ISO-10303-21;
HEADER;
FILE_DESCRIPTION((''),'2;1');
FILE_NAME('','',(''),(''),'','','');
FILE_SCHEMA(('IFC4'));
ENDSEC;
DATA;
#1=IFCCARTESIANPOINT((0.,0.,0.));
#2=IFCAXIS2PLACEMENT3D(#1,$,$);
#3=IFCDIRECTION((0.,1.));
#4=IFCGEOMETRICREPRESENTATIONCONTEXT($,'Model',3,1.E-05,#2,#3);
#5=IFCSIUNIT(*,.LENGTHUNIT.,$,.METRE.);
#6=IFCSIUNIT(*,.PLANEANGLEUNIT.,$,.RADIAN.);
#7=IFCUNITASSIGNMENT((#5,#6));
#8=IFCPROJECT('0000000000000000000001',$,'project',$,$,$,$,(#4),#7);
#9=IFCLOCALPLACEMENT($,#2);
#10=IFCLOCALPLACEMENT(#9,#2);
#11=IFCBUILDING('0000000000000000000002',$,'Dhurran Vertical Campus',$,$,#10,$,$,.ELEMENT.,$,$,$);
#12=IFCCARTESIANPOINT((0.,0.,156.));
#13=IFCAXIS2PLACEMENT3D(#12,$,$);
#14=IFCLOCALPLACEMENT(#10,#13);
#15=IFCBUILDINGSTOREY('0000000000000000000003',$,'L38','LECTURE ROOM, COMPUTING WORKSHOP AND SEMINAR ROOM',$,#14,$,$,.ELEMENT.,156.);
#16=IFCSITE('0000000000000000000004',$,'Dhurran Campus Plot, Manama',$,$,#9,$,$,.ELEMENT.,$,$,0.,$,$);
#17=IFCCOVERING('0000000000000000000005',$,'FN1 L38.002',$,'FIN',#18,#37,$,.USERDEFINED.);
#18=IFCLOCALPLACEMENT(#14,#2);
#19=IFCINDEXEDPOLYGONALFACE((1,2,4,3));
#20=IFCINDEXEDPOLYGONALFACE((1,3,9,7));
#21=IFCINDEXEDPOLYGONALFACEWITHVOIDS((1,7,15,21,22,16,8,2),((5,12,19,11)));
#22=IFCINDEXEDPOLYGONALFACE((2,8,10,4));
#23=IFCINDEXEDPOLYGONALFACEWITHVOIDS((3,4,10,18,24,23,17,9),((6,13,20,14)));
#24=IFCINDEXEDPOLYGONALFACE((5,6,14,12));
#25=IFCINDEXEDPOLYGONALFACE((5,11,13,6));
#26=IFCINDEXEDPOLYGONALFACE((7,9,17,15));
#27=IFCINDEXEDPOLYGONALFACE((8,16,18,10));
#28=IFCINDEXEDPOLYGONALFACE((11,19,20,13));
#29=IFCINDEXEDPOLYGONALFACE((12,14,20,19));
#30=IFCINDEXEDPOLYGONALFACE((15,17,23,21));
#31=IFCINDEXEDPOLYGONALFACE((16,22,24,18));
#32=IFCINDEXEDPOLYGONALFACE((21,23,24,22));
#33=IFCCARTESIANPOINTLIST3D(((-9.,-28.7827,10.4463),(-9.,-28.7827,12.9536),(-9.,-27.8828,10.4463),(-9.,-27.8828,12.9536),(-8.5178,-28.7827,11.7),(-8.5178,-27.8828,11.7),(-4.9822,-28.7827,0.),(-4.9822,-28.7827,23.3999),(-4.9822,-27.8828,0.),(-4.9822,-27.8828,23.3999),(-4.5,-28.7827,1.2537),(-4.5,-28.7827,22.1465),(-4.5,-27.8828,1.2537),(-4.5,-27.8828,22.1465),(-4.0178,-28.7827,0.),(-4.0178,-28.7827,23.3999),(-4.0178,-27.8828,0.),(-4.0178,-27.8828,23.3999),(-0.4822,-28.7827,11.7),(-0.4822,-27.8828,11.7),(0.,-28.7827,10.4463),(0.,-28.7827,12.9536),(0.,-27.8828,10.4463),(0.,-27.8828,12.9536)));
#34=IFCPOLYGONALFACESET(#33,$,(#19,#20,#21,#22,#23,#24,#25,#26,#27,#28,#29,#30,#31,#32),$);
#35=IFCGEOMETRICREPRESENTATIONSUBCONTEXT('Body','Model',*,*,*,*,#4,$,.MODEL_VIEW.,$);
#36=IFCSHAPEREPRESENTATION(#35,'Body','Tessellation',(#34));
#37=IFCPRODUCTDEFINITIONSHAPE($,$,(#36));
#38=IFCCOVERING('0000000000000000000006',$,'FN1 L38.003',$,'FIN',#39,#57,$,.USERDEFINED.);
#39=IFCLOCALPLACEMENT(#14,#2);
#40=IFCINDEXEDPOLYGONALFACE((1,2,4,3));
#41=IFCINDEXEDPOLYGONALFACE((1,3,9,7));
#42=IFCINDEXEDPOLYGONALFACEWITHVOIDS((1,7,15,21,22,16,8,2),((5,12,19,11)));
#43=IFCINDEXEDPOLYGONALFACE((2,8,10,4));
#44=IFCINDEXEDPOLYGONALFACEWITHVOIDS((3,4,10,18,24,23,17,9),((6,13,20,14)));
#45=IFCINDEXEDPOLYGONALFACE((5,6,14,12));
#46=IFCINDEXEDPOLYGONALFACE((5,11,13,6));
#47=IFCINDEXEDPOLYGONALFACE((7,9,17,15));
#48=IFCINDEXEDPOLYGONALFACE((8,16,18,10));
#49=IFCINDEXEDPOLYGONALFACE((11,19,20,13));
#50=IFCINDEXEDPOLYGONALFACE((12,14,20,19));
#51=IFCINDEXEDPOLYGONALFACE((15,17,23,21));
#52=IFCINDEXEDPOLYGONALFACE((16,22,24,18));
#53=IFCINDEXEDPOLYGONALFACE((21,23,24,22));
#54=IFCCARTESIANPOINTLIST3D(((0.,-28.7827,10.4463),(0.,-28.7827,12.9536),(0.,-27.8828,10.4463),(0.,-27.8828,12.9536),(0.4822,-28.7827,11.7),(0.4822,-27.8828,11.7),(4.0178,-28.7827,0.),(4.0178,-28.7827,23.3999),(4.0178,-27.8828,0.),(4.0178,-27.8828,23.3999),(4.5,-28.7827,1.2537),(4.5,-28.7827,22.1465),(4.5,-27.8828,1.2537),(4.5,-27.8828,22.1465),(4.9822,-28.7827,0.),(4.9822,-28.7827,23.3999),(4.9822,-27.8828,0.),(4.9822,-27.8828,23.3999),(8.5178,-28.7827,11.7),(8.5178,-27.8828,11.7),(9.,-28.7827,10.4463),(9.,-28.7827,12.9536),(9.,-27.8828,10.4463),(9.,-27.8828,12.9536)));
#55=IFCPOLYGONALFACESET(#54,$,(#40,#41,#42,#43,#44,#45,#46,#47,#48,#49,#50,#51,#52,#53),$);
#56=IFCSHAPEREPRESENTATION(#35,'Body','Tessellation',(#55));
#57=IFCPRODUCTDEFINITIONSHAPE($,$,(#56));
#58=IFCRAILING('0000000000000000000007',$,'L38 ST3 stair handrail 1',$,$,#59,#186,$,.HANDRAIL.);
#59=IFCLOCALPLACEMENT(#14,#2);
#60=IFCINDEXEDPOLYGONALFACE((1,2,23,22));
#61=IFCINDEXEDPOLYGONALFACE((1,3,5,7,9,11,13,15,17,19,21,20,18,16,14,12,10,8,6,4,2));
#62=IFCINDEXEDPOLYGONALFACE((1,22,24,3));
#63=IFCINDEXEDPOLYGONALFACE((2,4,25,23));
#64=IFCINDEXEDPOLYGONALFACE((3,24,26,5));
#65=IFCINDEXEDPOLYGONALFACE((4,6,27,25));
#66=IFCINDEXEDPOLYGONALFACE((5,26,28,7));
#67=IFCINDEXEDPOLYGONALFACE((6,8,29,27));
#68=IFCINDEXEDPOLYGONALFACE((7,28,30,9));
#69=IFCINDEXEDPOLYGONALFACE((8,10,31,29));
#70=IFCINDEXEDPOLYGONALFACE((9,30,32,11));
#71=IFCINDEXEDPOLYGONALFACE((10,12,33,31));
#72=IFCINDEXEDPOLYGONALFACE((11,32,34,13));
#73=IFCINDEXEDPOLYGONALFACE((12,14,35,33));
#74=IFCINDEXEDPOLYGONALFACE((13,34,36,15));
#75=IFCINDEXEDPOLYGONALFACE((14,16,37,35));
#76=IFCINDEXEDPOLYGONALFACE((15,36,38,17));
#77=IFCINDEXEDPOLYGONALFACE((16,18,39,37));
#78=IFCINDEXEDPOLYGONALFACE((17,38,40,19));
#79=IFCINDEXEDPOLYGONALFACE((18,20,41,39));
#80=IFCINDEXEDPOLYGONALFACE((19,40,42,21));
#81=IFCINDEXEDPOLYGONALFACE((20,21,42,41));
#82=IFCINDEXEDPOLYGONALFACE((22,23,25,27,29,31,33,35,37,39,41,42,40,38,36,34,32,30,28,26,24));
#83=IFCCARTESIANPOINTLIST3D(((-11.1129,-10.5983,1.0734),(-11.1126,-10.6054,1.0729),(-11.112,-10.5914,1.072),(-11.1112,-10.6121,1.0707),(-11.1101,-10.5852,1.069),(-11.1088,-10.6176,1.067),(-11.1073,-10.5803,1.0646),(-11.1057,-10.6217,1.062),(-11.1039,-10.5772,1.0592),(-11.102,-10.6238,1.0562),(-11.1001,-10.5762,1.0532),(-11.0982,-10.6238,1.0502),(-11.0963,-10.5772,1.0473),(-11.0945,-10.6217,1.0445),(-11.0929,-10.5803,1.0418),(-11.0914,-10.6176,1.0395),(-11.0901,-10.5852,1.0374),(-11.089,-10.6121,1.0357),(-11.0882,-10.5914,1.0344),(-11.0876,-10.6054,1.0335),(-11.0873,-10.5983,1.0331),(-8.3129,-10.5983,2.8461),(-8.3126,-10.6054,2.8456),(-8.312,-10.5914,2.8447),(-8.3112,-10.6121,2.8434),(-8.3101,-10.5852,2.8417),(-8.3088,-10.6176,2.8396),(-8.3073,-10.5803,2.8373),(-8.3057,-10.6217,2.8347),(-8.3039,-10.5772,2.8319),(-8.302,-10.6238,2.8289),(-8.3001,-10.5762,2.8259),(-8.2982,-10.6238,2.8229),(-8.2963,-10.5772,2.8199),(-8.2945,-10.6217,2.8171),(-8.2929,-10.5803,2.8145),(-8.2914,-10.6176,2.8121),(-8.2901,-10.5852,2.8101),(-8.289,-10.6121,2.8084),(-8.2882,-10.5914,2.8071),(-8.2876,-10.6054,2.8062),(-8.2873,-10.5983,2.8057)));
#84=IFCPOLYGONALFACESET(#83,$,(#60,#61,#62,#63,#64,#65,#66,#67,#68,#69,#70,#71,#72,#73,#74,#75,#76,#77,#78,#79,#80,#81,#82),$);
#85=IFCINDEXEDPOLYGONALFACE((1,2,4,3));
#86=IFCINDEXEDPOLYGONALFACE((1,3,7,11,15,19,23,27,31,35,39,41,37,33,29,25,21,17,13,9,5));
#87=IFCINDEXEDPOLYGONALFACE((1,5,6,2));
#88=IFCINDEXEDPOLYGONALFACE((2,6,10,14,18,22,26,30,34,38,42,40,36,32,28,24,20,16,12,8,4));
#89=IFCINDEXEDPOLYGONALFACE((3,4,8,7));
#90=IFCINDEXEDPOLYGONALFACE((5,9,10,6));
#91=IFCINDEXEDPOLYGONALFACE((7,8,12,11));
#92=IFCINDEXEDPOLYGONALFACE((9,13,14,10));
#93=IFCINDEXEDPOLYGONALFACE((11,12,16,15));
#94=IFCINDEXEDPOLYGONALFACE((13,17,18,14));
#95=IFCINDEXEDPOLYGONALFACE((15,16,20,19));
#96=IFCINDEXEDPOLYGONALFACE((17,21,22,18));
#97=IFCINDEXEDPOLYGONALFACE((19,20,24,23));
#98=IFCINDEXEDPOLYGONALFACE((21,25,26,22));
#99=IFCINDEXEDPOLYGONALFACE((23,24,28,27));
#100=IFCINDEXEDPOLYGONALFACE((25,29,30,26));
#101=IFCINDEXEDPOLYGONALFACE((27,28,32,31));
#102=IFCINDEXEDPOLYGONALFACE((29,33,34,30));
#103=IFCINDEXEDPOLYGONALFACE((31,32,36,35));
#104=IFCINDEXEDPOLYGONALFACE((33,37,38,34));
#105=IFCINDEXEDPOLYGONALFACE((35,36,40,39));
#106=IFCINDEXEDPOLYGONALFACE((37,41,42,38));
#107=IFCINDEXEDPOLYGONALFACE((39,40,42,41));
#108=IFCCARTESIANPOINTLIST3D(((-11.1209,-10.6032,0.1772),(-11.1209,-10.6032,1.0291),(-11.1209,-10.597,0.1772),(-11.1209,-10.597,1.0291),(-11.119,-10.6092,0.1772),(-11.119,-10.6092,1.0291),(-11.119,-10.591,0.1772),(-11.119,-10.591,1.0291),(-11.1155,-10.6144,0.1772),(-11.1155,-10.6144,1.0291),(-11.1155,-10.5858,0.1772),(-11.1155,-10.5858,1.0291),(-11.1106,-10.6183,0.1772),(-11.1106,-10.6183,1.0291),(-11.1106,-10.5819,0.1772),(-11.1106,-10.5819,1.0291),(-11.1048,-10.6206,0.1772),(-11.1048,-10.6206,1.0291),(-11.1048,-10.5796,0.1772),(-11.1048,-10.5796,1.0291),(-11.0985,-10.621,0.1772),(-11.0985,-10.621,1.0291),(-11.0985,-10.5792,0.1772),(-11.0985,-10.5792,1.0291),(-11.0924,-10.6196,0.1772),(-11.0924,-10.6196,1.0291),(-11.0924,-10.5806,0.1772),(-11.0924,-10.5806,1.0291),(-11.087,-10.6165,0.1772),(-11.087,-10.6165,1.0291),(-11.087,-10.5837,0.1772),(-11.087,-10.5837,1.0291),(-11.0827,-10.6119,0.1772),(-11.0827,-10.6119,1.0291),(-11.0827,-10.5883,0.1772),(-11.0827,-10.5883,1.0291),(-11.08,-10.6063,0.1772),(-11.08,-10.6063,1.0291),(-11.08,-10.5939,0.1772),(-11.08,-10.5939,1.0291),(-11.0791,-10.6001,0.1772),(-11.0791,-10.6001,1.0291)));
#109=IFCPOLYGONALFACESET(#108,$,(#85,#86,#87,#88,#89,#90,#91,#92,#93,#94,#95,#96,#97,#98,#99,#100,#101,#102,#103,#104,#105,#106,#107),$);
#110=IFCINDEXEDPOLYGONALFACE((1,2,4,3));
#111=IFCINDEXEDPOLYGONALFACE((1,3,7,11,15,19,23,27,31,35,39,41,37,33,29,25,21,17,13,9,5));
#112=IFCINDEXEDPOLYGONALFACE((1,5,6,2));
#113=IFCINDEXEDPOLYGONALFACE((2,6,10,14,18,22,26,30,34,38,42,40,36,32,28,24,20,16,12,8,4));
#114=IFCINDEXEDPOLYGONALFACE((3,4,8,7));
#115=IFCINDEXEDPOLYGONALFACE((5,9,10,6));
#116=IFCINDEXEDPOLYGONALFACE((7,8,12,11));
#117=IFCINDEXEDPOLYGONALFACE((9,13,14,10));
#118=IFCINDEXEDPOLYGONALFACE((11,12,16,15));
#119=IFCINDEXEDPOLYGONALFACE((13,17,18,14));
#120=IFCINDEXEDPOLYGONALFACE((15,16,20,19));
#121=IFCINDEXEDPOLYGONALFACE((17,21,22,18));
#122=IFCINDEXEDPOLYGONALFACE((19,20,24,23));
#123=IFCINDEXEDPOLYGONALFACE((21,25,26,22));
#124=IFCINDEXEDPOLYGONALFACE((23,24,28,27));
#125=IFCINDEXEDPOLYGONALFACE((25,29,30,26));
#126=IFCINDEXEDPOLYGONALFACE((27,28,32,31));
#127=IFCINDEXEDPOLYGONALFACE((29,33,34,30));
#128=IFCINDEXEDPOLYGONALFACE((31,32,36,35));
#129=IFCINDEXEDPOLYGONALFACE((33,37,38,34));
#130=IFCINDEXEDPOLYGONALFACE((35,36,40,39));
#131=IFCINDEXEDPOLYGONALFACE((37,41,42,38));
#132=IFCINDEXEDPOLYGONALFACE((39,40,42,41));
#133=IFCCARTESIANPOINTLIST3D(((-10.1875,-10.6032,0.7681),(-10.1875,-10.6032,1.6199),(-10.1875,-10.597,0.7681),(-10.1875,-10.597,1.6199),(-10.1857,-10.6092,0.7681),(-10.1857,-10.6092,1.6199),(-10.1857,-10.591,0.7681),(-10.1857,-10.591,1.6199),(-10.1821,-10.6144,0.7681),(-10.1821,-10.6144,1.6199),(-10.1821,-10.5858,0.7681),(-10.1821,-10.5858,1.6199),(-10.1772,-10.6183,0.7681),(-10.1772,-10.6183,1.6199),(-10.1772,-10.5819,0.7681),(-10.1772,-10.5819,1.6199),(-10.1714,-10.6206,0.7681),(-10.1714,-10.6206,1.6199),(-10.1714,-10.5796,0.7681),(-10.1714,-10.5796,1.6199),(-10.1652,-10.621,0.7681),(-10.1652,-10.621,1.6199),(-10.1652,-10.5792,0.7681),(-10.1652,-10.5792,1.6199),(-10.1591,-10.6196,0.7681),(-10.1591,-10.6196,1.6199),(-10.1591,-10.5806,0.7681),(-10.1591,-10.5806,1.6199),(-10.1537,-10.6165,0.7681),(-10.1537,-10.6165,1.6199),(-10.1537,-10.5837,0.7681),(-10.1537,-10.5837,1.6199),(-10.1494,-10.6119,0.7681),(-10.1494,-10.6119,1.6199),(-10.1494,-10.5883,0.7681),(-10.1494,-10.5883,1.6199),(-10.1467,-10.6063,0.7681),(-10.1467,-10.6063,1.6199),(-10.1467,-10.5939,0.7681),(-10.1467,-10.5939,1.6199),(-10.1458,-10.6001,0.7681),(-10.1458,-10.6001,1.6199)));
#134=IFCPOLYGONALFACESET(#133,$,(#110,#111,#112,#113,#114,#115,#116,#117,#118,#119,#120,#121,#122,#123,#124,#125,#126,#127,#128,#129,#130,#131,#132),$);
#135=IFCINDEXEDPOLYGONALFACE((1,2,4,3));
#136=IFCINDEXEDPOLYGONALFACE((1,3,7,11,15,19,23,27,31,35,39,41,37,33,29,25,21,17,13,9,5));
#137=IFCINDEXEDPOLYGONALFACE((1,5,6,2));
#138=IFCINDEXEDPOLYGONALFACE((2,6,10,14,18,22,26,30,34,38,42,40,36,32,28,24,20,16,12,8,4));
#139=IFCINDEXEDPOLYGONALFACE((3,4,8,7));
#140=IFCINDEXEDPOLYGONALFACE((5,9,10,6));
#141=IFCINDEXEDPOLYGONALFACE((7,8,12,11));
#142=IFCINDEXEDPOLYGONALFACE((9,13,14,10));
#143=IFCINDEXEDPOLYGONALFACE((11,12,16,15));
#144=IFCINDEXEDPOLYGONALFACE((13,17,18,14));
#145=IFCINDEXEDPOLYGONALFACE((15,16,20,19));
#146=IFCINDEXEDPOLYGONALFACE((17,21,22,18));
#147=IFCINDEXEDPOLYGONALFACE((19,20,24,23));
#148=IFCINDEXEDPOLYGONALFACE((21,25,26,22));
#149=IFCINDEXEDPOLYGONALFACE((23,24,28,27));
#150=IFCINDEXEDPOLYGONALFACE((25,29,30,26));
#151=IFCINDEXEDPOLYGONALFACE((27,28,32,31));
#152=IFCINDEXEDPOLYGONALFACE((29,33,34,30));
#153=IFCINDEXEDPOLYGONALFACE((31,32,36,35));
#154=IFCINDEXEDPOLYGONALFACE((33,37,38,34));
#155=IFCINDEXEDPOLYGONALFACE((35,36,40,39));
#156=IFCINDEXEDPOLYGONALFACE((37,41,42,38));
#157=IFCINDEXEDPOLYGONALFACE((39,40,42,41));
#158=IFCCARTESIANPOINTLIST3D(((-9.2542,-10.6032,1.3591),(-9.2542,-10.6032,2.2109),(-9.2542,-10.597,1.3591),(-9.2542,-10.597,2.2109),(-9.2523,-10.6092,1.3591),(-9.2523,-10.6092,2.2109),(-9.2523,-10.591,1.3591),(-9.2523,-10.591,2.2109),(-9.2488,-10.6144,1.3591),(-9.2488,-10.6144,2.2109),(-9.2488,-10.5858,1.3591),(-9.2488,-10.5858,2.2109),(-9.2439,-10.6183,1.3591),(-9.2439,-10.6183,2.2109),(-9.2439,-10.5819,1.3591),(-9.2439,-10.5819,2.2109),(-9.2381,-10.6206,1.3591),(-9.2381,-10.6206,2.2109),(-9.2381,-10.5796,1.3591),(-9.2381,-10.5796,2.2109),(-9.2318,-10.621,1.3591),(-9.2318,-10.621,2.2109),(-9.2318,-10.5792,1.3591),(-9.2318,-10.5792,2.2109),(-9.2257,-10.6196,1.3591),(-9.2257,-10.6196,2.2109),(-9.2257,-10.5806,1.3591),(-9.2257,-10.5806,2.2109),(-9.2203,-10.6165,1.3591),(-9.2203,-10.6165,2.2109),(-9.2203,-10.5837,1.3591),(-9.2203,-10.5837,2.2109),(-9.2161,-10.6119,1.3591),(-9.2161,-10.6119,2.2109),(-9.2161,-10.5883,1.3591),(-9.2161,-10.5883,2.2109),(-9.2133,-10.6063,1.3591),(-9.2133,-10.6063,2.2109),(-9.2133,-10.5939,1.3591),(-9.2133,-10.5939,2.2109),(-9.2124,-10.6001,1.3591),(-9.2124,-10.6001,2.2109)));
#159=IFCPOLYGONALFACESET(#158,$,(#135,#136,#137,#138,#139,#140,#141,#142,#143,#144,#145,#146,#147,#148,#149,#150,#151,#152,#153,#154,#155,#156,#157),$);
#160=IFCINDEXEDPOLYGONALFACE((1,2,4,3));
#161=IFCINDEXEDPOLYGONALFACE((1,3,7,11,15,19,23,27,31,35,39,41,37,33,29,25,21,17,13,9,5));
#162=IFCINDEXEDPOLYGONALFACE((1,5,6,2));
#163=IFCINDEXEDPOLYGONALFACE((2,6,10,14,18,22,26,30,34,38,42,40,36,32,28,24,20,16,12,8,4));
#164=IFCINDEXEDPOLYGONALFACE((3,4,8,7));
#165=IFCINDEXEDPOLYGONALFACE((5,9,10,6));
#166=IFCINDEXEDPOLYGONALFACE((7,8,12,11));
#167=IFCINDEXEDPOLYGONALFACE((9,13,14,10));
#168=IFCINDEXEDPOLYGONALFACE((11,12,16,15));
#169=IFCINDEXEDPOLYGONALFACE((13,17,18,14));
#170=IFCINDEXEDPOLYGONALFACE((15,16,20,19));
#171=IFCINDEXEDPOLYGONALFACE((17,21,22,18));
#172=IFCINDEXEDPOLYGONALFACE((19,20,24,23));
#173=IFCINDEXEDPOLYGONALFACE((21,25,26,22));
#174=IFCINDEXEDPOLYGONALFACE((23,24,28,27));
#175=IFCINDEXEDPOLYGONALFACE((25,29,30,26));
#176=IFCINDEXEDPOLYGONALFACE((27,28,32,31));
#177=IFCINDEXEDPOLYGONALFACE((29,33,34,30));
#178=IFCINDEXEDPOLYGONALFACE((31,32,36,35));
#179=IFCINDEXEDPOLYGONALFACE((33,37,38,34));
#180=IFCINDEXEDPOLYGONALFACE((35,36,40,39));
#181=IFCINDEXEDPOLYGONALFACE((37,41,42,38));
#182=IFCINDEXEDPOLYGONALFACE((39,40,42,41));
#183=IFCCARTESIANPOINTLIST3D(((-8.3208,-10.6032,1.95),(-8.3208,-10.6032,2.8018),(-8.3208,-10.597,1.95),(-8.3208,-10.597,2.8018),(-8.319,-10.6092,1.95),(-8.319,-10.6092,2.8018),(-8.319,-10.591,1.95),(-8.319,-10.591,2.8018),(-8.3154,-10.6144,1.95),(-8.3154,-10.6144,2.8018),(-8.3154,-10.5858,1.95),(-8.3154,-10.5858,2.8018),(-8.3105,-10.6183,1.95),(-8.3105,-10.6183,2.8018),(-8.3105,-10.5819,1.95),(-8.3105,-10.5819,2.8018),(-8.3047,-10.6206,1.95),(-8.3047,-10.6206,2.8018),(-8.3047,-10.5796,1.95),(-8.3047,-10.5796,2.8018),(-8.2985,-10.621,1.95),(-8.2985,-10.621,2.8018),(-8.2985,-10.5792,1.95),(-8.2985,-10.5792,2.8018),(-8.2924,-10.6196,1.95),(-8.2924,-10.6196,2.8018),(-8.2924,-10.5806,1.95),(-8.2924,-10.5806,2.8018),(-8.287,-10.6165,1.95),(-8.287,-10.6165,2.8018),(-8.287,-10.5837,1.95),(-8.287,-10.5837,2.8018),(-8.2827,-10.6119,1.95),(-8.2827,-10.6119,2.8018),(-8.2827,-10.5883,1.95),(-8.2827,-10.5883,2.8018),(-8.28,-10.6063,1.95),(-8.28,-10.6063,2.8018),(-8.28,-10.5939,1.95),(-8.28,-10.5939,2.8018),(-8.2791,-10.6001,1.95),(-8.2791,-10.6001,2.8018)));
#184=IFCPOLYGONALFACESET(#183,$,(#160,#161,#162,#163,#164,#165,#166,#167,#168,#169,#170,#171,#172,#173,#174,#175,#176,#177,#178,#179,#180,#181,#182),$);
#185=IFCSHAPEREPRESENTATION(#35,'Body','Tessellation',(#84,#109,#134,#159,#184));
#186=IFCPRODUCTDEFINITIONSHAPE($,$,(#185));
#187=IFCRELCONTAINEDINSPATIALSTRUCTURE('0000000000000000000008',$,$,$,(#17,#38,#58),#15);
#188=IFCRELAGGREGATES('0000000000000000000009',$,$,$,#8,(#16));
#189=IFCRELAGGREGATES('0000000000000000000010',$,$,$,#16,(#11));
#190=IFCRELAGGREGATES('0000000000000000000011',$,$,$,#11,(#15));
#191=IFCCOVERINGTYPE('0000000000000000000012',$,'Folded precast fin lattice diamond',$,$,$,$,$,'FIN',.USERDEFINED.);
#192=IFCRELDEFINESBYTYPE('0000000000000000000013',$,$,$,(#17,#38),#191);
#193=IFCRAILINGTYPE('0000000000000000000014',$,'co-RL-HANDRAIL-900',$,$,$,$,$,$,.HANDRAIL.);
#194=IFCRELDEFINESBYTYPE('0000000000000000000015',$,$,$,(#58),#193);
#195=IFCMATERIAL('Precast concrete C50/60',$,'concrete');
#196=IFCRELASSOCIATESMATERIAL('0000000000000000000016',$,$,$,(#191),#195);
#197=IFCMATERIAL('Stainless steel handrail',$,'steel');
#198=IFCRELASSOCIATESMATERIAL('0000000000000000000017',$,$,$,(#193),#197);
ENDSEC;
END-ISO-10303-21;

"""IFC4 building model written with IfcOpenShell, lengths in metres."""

from ifc_helpers import new_model, si_unit, direction, frame, origin, origin_2d, place, context, subcontext, project, spatial, polyline, circle, outline, extrude, material, type_object, element, save


model = new_model("IFC4")

# Units and contexts
model_context = context("Model", 3, precision=1e-05, world=origin(), true_north=direction((0.0, 1.0)))
body_context = subcontext(model_context, "Body", "Model", "MODEL_VIEW")
ifc_project = project(units=[si_unit("LENGTHUNIT", "METRE"), si_unit("PLANEANGLEUNIT", "RADIAN")], contexts=[model_context])

# Site, building, storey
site_placement = place(None, origin())
site = spatial("IfcSite", under=ifc_project, at=site_placement, Name="Dhurran Campus Plot, Manama", CompositionType="ELEMENT", RefElevation=0.0)
building_placement = place(site_placement, origin())
building = spatial("IfcBuilding", under=site, at=building_placement, Name="Dhurran Vertical Campus", CompositionType="ELEMENT")
storey_placement = place(building_placement, frame((0.0, 0.0, 156.0)))
storey = spatial("IfcBuildingStorey", under=building, at=storey_placement, Name="L38", Description="LECTURE ROOM, COMPUTING WORKSHOP AND SEMINAR ROOM", CompositionType="ELEMENT", Elevation=156.0)

# Coverings
ifc_material_1 = material(Name="Precast concrete C50/60", Category="concrete")
covering_type = type_object("IfcCoveringType", Name="Folded precast fin lattice diamond", ElementType="FIN", PredefinedType="USERDEFINED", material=ifc_material_1)
for number, where, z_axis, x_axis, name in (
    (1, (-9.0, -27.8828, 0.0), (0.0, -1.0, 0.0), (1.0, 0.0, 0.0), "FN1 L38.002"),
    (2, (0.0, -27.8828, 0.0), (0.0, -1.0, 0.0), (1.0, 0.0, 0.0), "FN1 L38.003"),
):
    element("IfcCovering", number, at=place(storey_placement, frame(where, z_axis=z_axis, x_axis=x_axis)), inside=storey, type_object=covering_type, Name=name, ObjectType="FIN", PredefinedType="USERDEFINED", context=body_context, shape_type="SweptSolid", body=[
        extrude(outline(polyline([(9.0, 12.9536), (9.0, 10.4463), (4.9822, 0.0), (4.0178, 0.0), (0.0, 10.4463), (0.0, 12.9536), (4.0178, 23.3999), (4.9822, 23.3999), (9.0, 12.9536)]), holes=[polyline([(8.5178, 11.7), (4.5, 22.1465), (0.4822, 11.7), (4.5, 1.2537), (8.5178, 11.7)])]), origin(), (0.0, 0.0, 1.0), 0.8999),
    ])

# Railing
ifc_material_2 = material(Name="Stainless steel handrail", Category="steel")
railing_type = type_object("IfcRailingType", Name="co-RL-HANDRAIL-900", PredefinedType="HANDRAIL", material=ifc_material_2)
railing_placement = place(storey_placement, frame((-11.1001, -10.6001, 0.1772)))
element("IfcRailing", 3, at=railing_placement, inside=storey, type_object=railing_type, Name="L38 ST3 stair handrail 1", PredefinedType="HANDRAIL", context=body_context, shape_type="SweptSolid", body=[
    extrude(circle(Radius=0.0239, at=origin_2d()), frame((0.0, 0.0, 0.876), z_axis=(0.844909, 0.0, 0.53491), x_axis=(0.0, 1.0, 0.0)), (0.0, 0.0, 1.0), 3.314),
    extrude(circle(Radius=0.021, at=origin_2d()), origin(), (0.0, 0.0, 1.0), 0.8518),
    extrude(circle(Radius=0.021, at=origin_2d()), frame((0.9333, 0.0, 0.5908)), (0.0, 0.0, 1.0), 0.8518),
    extrude(circle(Radius=0.021, at=origin_2d()), frame((1.8667, 0.0, 1.1819)), (0.0, 0.0, 1.0), 0.8518),
    extrude(circle(Radius=0.021, at=origin_2d()), frame((2.8, 0.0, 1.7727)), (0.0, 0.0, 1.0), 0.8518),
])

save(model, "model.ifc")
